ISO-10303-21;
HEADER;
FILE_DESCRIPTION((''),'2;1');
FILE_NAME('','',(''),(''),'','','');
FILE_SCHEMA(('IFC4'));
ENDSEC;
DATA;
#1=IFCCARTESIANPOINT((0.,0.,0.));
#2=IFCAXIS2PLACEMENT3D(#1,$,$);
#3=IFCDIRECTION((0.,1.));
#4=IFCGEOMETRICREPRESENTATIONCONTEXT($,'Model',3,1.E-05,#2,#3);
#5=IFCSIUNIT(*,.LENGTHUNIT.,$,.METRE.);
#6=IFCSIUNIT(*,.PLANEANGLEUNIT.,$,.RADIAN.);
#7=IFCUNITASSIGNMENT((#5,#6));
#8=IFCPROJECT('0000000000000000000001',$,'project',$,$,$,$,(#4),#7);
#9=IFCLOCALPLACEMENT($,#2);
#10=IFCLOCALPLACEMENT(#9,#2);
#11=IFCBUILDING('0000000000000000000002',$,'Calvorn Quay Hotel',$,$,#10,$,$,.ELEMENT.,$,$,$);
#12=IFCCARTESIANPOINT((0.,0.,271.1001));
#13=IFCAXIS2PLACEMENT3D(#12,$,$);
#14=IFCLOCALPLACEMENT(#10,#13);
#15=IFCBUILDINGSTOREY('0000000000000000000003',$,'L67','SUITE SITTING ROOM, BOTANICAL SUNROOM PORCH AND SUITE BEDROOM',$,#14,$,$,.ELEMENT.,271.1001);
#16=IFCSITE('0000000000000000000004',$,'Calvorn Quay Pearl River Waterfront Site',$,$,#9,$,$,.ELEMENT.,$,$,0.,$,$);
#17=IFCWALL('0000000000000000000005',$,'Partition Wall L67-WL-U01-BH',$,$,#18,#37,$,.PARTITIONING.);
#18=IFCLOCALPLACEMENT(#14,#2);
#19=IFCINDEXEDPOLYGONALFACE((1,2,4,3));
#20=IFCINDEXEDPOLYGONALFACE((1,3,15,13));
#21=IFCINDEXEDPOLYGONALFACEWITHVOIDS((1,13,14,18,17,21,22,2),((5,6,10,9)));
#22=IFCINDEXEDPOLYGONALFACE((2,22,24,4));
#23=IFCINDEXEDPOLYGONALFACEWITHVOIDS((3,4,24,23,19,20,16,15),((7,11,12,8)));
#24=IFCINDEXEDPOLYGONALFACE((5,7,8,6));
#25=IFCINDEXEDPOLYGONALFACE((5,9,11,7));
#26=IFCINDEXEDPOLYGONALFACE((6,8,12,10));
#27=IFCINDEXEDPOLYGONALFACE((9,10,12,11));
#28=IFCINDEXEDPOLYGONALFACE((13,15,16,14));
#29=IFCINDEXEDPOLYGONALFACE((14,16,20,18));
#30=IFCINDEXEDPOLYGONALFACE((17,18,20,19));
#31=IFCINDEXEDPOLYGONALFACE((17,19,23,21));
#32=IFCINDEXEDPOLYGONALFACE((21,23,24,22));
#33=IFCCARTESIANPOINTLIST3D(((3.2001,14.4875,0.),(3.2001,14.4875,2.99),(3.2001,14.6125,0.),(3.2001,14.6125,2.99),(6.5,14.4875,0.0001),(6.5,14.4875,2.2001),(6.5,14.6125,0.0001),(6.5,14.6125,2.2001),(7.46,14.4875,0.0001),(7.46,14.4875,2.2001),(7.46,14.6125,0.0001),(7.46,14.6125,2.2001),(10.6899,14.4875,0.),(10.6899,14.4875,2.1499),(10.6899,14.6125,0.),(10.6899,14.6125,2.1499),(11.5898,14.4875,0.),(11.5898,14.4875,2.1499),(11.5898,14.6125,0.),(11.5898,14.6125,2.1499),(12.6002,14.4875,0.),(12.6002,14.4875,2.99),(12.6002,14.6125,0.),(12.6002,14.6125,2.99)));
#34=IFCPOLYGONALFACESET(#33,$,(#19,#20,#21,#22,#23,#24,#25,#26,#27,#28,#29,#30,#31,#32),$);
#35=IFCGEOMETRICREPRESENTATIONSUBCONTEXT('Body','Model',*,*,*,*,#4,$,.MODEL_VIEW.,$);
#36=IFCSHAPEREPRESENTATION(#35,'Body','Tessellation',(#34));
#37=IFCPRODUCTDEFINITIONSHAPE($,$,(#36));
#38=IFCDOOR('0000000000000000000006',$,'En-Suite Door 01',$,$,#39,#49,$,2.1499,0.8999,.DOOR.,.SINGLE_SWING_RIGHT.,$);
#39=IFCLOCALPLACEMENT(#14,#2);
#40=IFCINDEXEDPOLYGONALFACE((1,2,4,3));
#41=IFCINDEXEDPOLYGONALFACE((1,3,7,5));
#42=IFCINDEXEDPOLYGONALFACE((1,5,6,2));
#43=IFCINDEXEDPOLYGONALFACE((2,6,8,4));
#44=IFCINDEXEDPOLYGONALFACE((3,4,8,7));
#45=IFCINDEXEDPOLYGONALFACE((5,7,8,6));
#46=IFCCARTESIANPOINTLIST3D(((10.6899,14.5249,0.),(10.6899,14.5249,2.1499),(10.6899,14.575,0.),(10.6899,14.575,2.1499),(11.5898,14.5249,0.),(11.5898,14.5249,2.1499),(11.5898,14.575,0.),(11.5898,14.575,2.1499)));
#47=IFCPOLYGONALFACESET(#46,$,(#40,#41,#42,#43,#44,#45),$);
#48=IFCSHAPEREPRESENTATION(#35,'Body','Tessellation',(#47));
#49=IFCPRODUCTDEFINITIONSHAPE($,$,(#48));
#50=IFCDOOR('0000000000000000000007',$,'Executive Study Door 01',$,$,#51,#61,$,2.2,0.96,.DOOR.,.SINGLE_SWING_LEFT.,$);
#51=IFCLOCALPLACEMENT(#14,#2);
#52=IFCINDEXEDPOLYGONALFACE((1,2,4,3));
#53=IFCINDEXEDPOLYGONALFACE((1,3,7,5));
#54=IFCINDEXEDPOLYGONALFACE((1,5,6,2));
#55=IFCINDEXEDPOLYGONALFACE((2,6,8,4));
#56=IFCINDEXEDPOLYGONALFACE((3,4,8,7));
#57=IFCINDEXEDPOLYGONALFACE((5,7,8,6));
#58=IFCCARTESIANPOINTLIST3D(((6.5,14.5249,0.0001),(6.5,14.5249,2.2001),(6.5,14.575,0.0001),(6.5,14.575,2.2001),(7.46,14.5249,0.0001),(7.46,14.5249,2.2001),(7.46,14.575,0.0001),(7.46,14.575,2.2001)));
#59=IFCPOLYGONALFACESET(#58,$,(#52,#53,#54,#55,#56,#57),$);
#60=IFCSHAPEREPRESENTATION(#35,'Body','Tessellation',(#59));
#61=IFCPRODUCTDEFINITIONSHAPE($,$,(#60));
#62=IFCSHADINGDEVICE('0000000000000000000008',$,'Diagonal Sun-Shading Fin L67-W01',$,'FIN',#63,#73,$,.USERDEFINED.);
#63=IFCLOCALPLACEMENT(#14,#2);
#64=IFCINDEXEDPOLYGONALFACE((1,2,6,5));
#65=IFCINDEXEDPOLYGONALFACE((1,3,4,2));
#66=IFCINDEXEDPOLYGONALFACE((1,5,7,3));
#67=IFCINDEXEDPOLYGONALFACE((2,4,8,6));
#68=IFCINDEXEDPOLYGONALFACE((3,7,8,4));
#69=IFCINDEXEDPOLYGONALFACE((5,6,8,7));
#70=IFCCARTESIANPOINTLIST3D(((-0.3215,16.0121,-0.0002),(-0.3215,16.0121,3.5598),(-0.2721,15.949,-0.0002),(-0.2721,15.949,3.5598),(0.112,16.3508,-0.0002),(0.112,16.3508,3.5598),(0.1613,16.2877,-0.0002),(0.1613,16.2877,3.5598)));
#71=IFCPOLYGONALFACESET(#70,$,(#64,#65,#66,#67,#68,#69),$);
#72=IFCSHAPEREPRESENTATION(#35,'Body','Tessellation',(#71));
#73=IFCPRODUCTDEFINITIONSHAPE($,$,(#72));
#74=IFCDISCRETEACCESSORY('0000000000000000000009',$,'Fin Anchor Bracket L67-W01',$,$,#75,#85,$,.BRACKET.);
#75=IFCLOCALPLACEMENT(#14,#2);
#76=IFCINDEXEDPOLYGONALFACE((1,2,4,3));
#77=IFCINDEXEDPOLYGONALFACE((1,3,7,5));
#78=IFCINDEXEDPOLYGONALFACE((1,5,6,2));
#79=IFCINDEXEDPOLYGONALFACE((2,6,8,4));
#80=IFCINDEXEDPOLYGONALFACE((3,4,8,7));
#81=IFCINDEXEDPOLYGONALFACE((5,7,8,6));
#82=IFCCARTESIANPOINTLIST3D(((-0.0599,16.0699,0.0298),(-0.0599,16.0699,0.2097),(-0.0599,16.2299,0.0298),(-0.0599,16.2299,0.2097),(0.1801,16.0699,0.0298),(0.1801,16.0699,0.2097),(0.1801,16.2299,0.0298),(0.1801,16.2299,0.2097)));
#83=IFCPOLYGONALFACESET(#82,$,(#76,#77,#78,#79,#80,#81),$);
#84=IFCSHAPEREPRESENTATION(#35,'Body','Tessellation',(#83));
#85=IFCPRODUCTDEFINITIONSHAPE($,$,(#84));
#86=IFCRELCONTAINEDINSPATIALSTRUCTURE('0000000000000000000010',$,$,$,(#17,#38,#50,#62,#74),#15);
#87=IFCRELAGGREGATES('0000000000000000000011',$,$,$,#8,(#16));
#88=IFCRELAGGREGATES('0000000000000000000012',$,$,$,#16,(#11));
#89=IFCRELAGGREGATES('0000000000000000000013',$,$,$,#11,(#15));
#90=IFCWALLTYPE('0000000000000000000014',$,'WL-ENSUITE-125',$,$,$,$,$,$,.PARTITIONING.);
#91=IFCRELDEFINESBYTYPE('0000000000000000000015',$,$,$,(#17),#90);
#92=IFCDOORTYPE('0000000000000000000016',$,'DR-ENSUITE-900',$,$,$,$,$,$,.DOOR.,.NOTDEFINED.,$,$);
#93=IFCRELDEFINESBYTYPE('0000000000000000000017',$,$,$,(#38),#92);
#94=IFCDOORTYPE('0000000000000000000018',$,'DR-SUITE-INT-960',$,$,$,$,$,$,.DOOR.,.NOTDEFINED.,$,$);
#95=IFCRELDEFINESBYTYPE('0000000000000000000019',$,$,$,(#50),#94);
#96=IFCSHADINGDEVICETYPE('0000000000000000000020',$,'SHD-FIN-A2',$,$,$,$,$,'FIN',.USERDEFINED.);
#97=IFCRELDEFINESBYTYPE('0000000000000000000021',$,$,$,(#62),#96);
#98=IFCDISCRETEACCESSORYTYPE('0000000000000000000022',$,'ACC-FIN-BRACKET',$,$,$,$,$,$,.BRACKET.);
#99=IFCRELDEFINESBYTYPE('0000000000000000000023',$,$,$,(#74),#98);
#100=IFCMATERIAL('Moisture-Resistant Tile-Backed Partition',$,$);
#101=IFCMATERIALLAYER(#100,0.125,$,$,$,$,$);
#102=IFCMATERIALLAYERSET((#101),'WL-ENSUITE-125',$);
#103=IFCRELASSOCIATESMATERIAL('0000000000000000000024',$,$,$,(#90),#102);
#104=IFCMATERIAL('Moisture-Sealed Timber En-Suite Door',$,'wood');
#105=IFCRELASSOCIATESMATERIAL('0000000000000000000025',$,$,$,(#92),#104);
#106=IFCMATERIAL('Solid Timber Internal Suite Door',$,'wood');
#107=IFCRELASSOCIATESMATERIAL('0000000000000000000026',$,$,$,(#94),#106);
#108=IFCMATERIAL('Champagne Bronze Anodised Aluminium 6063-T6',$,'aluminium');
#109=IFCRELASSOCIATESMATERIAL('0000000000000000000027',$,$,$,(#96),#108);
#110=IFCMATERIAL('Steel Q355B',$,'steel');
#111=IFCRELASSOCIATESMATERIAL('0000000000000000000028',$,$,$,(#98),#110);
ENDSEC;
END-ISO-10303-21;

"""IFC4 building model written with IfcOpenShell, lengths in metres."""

from ifc_helpers import new_model, si_unit, direction, frame, frame_2d, origin, origin_2d, place, context, subcontext, project, spatial, rectangle, extrude, material, layer, layer_set, type_object, element, fill, save


model = new_model("IFC4")

# Units and contexts
model_context = context("Model", 3, precision=1e-05, world=origin(), true_north=direction((0.0, 1.0)))
body_context = subcontext(model_context, "Body", "Model", "MODEL_VIEW")
ifc_project = project(units=[si_unit("LENGTHUNIT", "METRE"), si_unit("PLANEANGLEUNIT", "RADIAN")], contexts=[model_context])

# Site, building, storey
site_placement = place(None, origin())
site = spatial("IfcSite", under=ifc_project, at=site_placement, Name="Calvorn Quay Pearl River Waterfront Site", CompositionType="ELEMENT", RefElevation=0.0)
building_placement = place(site_placement, origin())
building = spatial("IfcBuilding", under=site, at=building_placement, Name="Calvorn Quay Hotel", CompositionType="ELEMENT")
storey_placement = place(building_placement, frame((0.0, 0.0, 271.1001)))
storey = spatial("IfcBuildingStorey", under=building, at=storey_placement, Name="L67", Description="SUITE SITTING ROOM, BOTANICAL SUNROOM PORCH AND SUITE BEDROOM", CompositionType="ELEMENT", Elevation=271.1001)

# Wall, openings, doors
ifc_material_1 = material(Name="Moisture-Resistant Tile-Backed Partition")
ifc_layer_1 = layer(ifc_material_1, 0.125)
ifc_layer_set_1 = layer_set([ifc_layer_1], Name="WL-ENSUITE-125")
wall_type_1 = type_object("IfcWallType", Name="WL-ENSUITE-125", PredefinedType="PARTITIONING", material=ifc_layer_set_1)
wall_1_placement = place(storey_placement, frame((3.2, 14.55, 0.0), z_axis=(0.0, 0.0, 1.0), x_axis=(1.0, 0.0, 0.0)))
wall_1 = element("IfcWall", 1, at=wall_1_placement, inside=storey, type_object=wall_type_1, Name="Partition Wall L67-WL-U01-BH", PredefinedType="PARTITIONING", context=body_context, shape_type="SweptSolid", body=[
    extrude(rectangle(XDim=9.4001, YDim=0.125, at=frame_2d((4.7002, 0.0))), origin(), (0.0, 0.0, 1.0), 2.99),
])
opening_1_placement = place(wall_1_placement, frame((3.3, 0.0, 0.0)))
opening_1 = element("IfcOpeningElement", 2, at=opening_1_placement, cuts=wall_1, PredefinedType="OPENING", context=body_context, shape_type="SweptSolid", body=[
    extrude(rectangle(XDim=0.96, YDim=2.2, at=frame_2d((0.48, 1.1001))), frame((0.0, 0.0725, 0.0), z_axis=(0.0, -1.0, 0.0), x_axis=(1.0, 0.0, 0.0)), (0.0, 0.0, 1.0), 0.145),
])
opening_2_placement = place(wall_1_placement, frame((7.49, 0.0, 0.0)))
opening_2 = element("IfcOpeningElement", 3, at=opening_2_placement, cuts=wall_1, PredefinedType="OPENING", context=body_context, shape_type="SweptSolid", body=[
    extrude(rectangle(XDim=0.8999, YDim=2.1499, at=frame_2d((0.45, 1.075))), frame((0.0, 0.0725, 0.0), z_axis=(0.0, -1.0, 0.0), x_axis=(1.0, 0.0, 0.0)), (0.0, 0.0, 1.0), 0.145),
])
ifc_material_2 = material(Name="Moisture-Sealed Timber En-Suite Door", Category="wood")
door_type_1 = type_object("IfcDoorType", Name="DR-ENSUITE-900", OperationType="NOTDEFINED", PredefinedType="DOOR", material=ifc_material_2)
door_1_placement = place(opening_2_placement, origin())
door_1 = element("IfcDoor", 4, at=door_1_placement, inside=storey, type_object=door_type_1, Name="En-Suite Door 01", OperationType="SINGLE_SWING_RIGHT", OverallHeight=2.1499, OverallWidth=0.8999, PredefinedType="DOOR", context=body_context, shape_type="SweptSolid", body=[
    extrude(rectangle(XDim=0.8999, YDim=2.1499, at=frame_2d((0.45, 1.075))), frame((0.0, 0.0249, 0.0), z_axis=(0.0, -1.0, 0.0), x_axis=(1.0, 0.0, 0.0)), (0.0, 0.0, 1.0), 0.05),
])
fill(opening_2, door_1)
ifc_material_3 = material(Name="Solid Timber Internal Suite Door", Category="wood")
door_type_2 = type_object("IfcDoorType", Name="DR-SUITE-INT-960", OperationType="NOTDEFINED", PredefinedType="DOOR", material=ifc_material_3)
door_2_placement = place(opening_1_placement, origin())
door_2 = element("IfcDoor", 5, at=door_2_placement, inside=storey, type_object=door_type_2, Name="Executive Study Door 01", OperationType="SINGLE_SWING_LEFT", OverallHeight=2.2, OverallWidth=0.96, PredefinedType="DOOR", context=body_context, shape_type="SweptSolid", body=[
    extrude(rectangle(XDim=0.96, YDim=2.2, at=frame_2d((0.48, 1.1001))), frame((0.0, 0.0249, 0.0), z_axis=(0.0, -1.0, 0.0), x_axis=(1.0, 0.0, 0.0)), (0.0, 0.0, 1.0), 0.05),
])
fill(opening_1, door_2)

# Shading device
ifc_material_4 = material(Name="Champagne Bronze Anodised Aluminium 6063-T6", Category="aluminium")
shading_device_type = type_object("IfcShadingDeviceType", Name="SHD-FIN-A2", ElementType="FIN", PredefinedType="USERDEFINED", material=ifc_material_4)
shading_device_placement = place(storey_placement, frame((-0.0801, 16.1499, -0.0002), z_axis=(0.0, 0.0, 1.0), x_axis=(0.788011, 0.615661, 0.0)))
element("IfcShadingDevice", 6, at=shading_device_placement, inside=storey, type_object=shading_device_type, Name="Diagonal Sun-Shading Fin L67-W01", ObjectType="FIN", PredefinedType="USERDEFINED", context=body_context, shape_type="SweptSolid", body=[
    extrude(rectangle(XDim=0.55, YDim=0.0801, at=origin_2d()), origin(), (0.0, 0.0, 1.0), 3.5601),
])

# Discrete accessory
ifc_material_5 = material(Name="Steel Q355B", Category="steel")
discrete_accessory_type = type_object("IfcDiscreteAccessoryType", Name="ACC-FIN-BRACKET", PredefinedType="BRACKET", material=ifc_material_5)
discrete_accessory_placement = place(storey_placement, frame((0.0601, 16.1499, 0.0298), z_axis=(0.0, 0.0, 1.0), x_axis=(1.0, 0.0, 0.0)))
element("IfcDiscreteAccessory", 7, at=discrete_accessory_placement, inside=storey, type_object=discrete_accessory_type, Name="Fin Anchor Bracket L67-W01", PredefinedType="BRACKET", context=body_context, shape_type="SweptSolid", body=[
    extrude(rectangle(XDim=0.24, YDim=0.1599, at=origin_2d()), origin(), (0.0, 0.0, 1.0), 0.1799),
])

save(model, "model.ifc")
